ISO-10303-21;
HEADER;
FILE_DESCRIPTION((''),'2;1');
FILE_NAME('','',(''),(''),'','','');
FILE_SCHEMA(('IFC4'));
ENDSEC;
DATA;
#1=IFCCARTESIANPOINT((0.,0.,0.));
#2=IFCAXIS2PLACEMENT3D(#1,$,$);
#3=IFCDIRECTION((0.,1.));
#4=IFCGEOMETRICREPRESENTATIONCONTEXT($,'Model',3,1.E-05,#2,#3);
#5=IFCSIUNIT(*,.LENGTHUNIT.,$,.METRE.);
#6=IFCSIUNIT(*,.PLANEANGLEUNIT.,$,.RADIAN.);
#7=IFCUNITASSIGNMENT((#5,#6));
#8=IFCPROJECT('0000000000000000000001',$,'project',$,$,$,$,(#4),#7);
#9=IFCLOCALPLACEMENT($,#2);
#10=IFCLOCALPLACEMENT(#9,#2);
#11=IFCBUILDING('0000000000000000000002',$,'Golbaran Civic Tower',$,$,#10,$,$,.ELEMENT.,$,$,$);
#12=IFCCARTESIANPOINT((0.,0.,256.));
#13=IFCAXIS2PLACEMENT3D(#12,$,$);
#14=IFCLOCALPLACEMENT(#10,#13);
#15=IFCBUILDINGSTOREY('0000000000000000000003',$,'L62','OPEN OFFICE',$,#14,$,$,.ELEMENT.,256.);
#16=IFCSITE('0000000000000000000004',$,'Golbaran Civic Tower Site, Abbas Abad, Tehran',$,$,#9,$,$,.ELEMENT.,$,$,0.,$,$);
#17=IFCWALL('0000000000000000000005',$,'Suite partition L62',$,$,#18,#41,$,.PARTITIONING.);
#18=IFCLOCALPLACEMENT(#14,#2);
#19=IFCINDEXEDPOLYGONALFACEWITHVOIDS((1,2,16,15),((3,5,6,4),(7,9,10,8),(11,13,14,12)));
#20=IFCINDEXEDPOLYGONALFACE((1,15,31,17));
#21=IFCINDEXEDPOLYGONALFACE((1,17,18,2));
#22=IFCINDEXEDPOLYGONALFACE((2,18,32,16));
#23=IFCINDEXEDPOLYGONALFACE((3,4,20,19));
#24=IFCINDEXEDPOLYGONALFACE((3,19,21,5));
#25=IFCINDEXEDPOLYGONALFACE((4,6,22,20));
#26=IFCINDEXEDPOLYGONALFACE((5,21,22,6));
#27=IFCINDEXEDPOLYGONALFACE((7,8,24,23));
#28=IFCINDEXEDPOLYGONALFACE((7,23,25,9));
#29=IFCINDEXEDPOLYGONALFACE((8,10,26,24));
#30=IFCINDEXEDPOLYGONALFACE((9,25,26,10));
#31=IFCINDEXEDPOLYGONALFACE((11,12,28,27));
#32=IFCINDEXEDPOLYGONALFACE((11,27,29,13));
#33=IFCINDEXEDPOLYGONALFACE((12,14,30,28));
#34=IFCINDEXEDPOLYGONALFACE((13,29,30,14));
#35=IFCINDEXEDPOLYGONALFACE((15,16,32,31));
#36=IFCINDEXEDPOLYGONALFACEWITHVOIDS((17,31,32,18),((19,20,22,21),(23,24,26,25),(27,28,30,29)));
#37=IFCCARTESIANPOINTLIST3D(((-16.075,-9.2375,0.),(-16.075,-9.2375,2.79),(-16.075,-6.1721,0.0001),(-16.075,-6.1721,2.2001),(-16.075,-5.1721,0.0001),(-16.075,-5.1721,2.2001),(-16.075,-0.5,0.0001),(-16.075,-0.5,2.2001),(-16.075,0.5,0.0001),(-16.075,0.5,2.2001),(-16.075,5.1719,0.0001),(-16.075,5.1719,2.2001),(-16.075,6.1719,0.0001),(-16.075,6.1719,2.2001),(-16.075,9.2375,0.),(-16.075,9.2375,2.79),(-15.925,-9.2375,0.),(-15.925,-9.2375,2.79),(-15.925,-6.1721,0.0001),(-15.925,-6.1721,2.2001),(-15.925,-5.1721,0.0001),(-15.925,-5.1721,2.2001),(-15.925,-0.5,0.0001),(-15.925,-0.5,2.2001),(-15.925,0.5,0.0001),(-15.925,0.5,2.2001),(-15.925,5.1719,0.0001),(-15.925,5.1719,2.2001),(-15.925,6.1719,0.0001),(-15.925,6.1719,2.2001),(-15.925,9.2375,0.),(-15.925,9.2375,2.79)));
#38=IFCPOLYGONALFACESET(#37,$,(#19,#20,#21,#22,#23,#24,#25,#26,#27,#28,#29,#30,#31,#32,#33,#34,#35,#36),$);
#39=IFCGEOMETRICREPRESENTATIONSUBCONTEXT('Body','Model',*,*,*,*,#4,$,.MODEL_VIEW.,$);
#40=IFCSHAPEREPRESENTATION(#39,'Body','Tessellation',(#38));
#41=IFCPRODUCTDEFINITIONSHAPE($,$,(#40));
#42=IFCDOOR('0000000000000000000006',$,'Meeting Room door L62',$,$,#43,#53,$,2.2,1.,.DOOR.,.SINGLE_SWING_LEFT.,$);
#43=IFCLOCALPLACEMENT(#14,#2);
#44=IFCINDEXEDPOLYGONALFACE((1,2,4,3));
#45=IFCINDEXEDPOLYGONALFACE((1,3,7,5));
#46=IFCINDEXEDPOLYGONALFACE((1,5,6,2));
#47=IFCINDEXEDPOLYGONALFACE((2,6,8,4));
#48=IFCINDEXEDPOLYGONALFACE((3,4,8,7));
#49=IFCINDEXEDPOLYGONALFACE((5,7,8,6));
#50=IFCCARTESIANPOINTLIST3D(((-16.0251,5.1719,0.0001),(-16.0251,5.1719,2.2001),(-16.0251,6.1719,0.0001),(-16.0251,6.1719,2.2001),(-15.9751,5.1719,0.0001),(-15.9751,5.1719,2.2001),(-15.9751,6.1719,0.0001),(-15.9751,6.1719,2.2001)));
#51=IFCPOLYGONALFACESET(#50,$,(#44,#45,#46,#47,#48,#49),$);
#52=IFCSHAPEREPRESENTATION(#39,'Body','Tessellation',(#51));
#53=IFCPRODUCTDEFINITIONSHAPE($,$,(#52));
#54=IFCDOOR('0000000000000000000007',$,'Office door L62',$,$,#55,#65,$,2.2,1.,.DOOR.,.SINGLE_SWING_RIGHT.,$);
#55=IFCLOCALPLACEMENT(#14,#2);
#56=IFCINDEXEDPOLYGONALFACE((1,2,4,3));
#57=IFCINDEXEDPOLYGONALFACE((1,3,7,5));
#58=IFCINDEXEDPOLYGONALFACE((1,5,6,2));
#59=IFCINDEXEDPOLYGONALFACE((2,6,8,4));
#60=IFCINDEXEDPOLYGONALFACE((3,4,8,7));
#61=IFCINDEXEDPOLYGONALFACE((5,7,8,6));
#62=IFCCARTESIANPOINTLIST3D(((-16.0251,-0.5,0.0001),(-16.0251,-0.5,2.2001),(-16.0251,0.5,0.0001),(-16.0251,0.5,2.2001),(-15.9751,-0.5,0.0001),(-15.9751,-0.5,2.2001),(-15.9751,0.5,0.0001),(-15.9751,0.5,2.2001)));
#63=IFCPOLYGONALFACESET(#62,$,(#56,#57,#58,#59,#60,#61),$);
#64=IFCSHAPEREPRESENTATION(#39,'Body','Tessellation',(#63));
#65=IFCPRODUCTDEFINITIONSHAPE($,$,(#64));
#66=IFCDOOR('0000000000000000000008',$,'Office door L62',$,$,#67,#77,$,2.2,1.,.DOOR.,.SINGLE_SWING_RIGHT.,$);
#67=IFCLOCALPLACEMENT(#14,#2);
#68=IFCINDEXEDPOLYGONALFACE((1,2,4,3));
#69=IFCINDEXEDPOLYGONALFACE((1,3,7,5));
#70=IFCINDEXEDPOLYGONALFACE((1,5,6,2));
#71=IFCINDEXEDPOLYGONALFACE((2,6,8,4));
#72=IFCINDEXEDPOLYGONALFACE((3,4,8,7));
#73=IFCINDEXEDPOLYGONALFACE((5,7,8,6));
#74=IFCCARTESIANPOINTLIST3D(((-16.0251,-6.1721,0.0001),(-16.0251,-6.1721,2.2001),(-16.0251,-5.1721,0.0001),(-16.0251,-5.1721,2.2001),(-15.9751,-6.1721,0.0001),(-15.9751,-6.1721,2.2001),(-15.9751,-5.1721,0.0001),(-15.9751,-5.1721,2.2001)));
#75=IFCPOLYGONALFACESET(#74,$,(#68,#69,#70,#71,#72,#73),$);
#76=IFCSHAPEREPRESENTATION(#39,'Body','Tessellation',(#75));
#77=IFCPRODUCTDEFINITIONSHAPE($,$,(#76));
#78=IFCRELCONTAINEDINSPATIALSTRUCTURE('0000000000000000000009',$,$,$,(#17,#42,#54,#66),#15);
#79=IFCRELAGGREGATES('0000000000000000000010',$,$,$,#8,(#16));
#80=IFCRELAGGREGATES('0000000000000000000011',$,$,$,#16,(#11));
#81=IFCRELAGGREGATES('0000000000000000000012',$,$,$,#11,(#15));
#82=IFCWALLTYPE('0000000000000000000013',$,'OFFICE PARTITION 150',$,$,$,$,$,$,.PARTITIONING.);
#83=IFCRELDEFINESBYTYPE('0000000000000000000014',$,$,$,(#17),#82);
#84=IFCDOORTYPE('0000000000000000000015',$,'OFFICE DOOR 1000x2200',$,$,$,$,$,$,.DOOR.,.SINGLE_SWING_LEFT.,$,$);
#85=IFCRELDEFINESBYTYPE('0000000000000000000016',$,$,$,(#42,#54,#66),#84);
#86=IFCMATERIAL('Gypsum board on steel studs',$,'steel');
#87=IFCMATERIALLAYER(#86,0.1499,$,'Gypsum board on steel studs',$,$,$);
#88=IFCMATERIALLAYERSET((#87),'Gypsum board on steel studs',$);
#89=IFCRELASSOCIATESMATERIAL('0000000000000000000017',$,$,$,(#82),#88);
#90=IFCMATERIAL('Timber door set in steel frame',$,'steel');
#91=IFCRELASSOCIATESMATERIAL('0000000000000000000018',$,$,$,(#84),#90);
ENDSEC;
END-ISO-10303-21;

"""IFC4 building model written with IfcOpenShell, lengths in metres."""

from ifc_helpers import new_model, si_unit, direction, frame, frame_2d, origin, place, context, subcontext, project, spatial, rectangle, extrude, material, layer, layer_set, type_object, element, fill, save


model = new_model("IFC4")

# Units and contexts
model_context = context("Model", 3, precision=1e-05, world=origin(), true_north=direction((0.0, 1.0)))
body_context = subcontext(model_context, "Body", "Model", "MODEL_VIEW")
ifc_project = project(units=[si_unit("LENGTHUNIT", "METRE"), si_unit("PLANEANGLEUNIT", "RADIAN")], contexts=[model_context])

# Site, building, storey
site_placement = place(None, origin())
site = spatial("IfcSite", under=ifc_project, at=site_placement, Name="Golbaran Civic Tower Site, Abbas Abad, Tehran", CompositionType="ELEMENT", RefElevation=0.0)
building_placement = place(site_placement, origin())
building = spatial("IfcBuilding", under=site, at=building_placement, Name="Golbaran Civic Tower", CompositionType="ELEMENT")
storey_placement = place(building_placement, frame((0.0, 0.0, 256.0)))
storey = spatial("IfcBuildingStorey", under=building, at=storey_placement, Name="L62", Description="OPEN OFFICE", CompositionType="ELEMENT", Elevation=256.0)

# Wall, openings, doors
ifc_material_1 = material(Name="Gypsum board on steel studs", Category="steel")
ifc_layer_1 = layer(ifc_material_1, 0.1499, Name="Gypsum board on steel studs")
ifc_layer_set_1 = layer_set([ifc_layer_1], Name="Gypsum board on steel studs")
wall_type = type_object("IfcWallType", Name="OFFICE PARTITION 150", PredefinedType="PARTITIONING", material=ifc_layer_set_1)
wall_placement = place(storey_placement, frame((-16.0, 9.2375, 0.0), z_axis=(0.0, 0.0, 1.0), x_axis=(0.0, -1.0, 0.0)))
wall = element("IfcWall", 1, at=wall_placement, inside=storey, type_object=wall_type, Name="Suite partition L62", PredefinedType="PARTITIONING", context=body_context, shape_type="SweptSolid", body=[
    extrude(rectangle(XDim=18.4751, YDim=0.1499, at=frame_2d((9.2375, 0.0))), origin(), (0.0, 0.0, 1.0), 2.79),
])
opening_1_placement = place(wall_placement, frame((3.0657, 0.0, 0.0)))
opening_1 = element("IfcOpeningElement", 2, at=opening_1_placement, cuts=wall, PredefinedType="OPENING", context=body_context, shape_type="SweptSolid", body=[
    extrude(rectangle(XDim=1.0, YDim=2.2, at=frame_2d((0.5, 1.1001))), frame((0.0, 0.085, 0.0), z_axis=(0.0, -1.0, 0.0), x_axis=(1.0, 0.0, 0.0)), (0.0, 0.0, 1.0), 0.1699),
])
opening_2_placement = place(wall_placement, frame((8.7375, 0.0, 0.0)))
opening_2 = element("IfcOpeningElement", 3, at=opening_2_placement, cuts=wall, PredefinedType="OPENING", context=body_context, shape_type="SweptSolid", body=[
    extrude(rectangle(XDim=1.0, YDim=2.2, at=frame_2d((0.5, 1.1001))), frame((0.0, 0.085, 0.0), z_axis=(0.0, -1.0, 0.0), x_axis=(1.0, 0.0, 0.0)), (0.0, 0.0, 1.0), 0.1699),
])
opening_3_placement = place(wall_placement, frame((14.4097, 0.0, 0.0)))
opening_3 = element("IfcOpeningElement", 4, at=opening_3_placement, cuts=wall, PredefinedType="OPENING", context=body_context, shape_type="SweptSolid", body=[
    extrude(rectangle(XDim=1.0, YDim=2.2, at=frame_2d((0.5, 1.1001))), frame((0.0, 0.085, 0.0), z_axis=(0.0, -1.0, 0.0), x_axis=(1.0, 0.0, 0.0)), (0.0, 0.0, 1.0), 0.1699),
])
ifc_material_2 = material(Name="Timber door set in steel frame", Category="steel")
door_type = type_object("IfcDoorType", Name="OFFICE DOOR 1000x2200", OperationType="SINGLE_SWING_LEFT", PredefinedType="DOOR", material=ifc_material_2)
door_1_placement = place(opening_1_placement, origin())
door_1 = element("IfcDoor", 5, at=door_1_placement, inside=storey, type_object=door_type, Name="Meeting Room door L62", OperationType="SINGLE_SWING_LEFT", OverallHeight=2.2, OverallWidth=1.0, PredefinedType="DOOR", context=body_context, shape_type="SweptSolid", body=[
    extrude(rectangle(XDim=1.0, YDim=2.2, at=frame_2d((0.5, 1.1001))), frame((0.0, 0.0249, 0.0), z_axis=(0.0, -1.0, 0.0), x_axis=(1.0, 0.0, 0.0)), (0.0, 0.0, 1.0), 0.05),
])
fill(opening_1, door_1)
door_2_placement = place(opening_2_placement, origin())
door_2 = element("IfcDoor", 6, at=door_2_placement, inside=storey, type_object=door_type, Name="Office door L62", OperationType="SINGLE_SWING_RIGHT", OverallHeight=2.2, OverallWidth=1.0, PredefinedType="DOOR", context=body_context, shape_type="SweptSolid", body=[
    extrude(rectangle(XDim=1.0, YDim=2.2, at=frame_2d((0.5, 1.1001))), frame((0.0, 0.0249, 0.0), z_axis=(0.0, -1.0, 0.0), x_axis=(1.0, 0.0, 0.0)), (0.0, 0.0, 1.0), 0.05),
])
fill(opening_2, door_2)
door_3_placement = place(opening_3_placement, origin())
door_3 = element("IfcDoor", 7, at=door_3_placement, inside=storey, type_object=door_type, Name="Office door L62", OperationType="SINGLE_SWING_RIGHT", OverallHeight=2.2, OverallWidth=1.0, PredefinedType="DOOR", context=body_context, shape_type="SweptSolid", body=[
    extrude(rectangle(XDim=1.0, YDim=2.2, at=frame_2d((0.5, 1.1001))), frame((0.0, 0.0249, 0.0), z_axis=(0.0, -1.0, 0.0), x_axis=(1.0, 0.0, 0.0)), (0.0, 0.0, 1.0), 0.05),
])
fill(opening_3, door_3)

save(model, "model.ifc")
